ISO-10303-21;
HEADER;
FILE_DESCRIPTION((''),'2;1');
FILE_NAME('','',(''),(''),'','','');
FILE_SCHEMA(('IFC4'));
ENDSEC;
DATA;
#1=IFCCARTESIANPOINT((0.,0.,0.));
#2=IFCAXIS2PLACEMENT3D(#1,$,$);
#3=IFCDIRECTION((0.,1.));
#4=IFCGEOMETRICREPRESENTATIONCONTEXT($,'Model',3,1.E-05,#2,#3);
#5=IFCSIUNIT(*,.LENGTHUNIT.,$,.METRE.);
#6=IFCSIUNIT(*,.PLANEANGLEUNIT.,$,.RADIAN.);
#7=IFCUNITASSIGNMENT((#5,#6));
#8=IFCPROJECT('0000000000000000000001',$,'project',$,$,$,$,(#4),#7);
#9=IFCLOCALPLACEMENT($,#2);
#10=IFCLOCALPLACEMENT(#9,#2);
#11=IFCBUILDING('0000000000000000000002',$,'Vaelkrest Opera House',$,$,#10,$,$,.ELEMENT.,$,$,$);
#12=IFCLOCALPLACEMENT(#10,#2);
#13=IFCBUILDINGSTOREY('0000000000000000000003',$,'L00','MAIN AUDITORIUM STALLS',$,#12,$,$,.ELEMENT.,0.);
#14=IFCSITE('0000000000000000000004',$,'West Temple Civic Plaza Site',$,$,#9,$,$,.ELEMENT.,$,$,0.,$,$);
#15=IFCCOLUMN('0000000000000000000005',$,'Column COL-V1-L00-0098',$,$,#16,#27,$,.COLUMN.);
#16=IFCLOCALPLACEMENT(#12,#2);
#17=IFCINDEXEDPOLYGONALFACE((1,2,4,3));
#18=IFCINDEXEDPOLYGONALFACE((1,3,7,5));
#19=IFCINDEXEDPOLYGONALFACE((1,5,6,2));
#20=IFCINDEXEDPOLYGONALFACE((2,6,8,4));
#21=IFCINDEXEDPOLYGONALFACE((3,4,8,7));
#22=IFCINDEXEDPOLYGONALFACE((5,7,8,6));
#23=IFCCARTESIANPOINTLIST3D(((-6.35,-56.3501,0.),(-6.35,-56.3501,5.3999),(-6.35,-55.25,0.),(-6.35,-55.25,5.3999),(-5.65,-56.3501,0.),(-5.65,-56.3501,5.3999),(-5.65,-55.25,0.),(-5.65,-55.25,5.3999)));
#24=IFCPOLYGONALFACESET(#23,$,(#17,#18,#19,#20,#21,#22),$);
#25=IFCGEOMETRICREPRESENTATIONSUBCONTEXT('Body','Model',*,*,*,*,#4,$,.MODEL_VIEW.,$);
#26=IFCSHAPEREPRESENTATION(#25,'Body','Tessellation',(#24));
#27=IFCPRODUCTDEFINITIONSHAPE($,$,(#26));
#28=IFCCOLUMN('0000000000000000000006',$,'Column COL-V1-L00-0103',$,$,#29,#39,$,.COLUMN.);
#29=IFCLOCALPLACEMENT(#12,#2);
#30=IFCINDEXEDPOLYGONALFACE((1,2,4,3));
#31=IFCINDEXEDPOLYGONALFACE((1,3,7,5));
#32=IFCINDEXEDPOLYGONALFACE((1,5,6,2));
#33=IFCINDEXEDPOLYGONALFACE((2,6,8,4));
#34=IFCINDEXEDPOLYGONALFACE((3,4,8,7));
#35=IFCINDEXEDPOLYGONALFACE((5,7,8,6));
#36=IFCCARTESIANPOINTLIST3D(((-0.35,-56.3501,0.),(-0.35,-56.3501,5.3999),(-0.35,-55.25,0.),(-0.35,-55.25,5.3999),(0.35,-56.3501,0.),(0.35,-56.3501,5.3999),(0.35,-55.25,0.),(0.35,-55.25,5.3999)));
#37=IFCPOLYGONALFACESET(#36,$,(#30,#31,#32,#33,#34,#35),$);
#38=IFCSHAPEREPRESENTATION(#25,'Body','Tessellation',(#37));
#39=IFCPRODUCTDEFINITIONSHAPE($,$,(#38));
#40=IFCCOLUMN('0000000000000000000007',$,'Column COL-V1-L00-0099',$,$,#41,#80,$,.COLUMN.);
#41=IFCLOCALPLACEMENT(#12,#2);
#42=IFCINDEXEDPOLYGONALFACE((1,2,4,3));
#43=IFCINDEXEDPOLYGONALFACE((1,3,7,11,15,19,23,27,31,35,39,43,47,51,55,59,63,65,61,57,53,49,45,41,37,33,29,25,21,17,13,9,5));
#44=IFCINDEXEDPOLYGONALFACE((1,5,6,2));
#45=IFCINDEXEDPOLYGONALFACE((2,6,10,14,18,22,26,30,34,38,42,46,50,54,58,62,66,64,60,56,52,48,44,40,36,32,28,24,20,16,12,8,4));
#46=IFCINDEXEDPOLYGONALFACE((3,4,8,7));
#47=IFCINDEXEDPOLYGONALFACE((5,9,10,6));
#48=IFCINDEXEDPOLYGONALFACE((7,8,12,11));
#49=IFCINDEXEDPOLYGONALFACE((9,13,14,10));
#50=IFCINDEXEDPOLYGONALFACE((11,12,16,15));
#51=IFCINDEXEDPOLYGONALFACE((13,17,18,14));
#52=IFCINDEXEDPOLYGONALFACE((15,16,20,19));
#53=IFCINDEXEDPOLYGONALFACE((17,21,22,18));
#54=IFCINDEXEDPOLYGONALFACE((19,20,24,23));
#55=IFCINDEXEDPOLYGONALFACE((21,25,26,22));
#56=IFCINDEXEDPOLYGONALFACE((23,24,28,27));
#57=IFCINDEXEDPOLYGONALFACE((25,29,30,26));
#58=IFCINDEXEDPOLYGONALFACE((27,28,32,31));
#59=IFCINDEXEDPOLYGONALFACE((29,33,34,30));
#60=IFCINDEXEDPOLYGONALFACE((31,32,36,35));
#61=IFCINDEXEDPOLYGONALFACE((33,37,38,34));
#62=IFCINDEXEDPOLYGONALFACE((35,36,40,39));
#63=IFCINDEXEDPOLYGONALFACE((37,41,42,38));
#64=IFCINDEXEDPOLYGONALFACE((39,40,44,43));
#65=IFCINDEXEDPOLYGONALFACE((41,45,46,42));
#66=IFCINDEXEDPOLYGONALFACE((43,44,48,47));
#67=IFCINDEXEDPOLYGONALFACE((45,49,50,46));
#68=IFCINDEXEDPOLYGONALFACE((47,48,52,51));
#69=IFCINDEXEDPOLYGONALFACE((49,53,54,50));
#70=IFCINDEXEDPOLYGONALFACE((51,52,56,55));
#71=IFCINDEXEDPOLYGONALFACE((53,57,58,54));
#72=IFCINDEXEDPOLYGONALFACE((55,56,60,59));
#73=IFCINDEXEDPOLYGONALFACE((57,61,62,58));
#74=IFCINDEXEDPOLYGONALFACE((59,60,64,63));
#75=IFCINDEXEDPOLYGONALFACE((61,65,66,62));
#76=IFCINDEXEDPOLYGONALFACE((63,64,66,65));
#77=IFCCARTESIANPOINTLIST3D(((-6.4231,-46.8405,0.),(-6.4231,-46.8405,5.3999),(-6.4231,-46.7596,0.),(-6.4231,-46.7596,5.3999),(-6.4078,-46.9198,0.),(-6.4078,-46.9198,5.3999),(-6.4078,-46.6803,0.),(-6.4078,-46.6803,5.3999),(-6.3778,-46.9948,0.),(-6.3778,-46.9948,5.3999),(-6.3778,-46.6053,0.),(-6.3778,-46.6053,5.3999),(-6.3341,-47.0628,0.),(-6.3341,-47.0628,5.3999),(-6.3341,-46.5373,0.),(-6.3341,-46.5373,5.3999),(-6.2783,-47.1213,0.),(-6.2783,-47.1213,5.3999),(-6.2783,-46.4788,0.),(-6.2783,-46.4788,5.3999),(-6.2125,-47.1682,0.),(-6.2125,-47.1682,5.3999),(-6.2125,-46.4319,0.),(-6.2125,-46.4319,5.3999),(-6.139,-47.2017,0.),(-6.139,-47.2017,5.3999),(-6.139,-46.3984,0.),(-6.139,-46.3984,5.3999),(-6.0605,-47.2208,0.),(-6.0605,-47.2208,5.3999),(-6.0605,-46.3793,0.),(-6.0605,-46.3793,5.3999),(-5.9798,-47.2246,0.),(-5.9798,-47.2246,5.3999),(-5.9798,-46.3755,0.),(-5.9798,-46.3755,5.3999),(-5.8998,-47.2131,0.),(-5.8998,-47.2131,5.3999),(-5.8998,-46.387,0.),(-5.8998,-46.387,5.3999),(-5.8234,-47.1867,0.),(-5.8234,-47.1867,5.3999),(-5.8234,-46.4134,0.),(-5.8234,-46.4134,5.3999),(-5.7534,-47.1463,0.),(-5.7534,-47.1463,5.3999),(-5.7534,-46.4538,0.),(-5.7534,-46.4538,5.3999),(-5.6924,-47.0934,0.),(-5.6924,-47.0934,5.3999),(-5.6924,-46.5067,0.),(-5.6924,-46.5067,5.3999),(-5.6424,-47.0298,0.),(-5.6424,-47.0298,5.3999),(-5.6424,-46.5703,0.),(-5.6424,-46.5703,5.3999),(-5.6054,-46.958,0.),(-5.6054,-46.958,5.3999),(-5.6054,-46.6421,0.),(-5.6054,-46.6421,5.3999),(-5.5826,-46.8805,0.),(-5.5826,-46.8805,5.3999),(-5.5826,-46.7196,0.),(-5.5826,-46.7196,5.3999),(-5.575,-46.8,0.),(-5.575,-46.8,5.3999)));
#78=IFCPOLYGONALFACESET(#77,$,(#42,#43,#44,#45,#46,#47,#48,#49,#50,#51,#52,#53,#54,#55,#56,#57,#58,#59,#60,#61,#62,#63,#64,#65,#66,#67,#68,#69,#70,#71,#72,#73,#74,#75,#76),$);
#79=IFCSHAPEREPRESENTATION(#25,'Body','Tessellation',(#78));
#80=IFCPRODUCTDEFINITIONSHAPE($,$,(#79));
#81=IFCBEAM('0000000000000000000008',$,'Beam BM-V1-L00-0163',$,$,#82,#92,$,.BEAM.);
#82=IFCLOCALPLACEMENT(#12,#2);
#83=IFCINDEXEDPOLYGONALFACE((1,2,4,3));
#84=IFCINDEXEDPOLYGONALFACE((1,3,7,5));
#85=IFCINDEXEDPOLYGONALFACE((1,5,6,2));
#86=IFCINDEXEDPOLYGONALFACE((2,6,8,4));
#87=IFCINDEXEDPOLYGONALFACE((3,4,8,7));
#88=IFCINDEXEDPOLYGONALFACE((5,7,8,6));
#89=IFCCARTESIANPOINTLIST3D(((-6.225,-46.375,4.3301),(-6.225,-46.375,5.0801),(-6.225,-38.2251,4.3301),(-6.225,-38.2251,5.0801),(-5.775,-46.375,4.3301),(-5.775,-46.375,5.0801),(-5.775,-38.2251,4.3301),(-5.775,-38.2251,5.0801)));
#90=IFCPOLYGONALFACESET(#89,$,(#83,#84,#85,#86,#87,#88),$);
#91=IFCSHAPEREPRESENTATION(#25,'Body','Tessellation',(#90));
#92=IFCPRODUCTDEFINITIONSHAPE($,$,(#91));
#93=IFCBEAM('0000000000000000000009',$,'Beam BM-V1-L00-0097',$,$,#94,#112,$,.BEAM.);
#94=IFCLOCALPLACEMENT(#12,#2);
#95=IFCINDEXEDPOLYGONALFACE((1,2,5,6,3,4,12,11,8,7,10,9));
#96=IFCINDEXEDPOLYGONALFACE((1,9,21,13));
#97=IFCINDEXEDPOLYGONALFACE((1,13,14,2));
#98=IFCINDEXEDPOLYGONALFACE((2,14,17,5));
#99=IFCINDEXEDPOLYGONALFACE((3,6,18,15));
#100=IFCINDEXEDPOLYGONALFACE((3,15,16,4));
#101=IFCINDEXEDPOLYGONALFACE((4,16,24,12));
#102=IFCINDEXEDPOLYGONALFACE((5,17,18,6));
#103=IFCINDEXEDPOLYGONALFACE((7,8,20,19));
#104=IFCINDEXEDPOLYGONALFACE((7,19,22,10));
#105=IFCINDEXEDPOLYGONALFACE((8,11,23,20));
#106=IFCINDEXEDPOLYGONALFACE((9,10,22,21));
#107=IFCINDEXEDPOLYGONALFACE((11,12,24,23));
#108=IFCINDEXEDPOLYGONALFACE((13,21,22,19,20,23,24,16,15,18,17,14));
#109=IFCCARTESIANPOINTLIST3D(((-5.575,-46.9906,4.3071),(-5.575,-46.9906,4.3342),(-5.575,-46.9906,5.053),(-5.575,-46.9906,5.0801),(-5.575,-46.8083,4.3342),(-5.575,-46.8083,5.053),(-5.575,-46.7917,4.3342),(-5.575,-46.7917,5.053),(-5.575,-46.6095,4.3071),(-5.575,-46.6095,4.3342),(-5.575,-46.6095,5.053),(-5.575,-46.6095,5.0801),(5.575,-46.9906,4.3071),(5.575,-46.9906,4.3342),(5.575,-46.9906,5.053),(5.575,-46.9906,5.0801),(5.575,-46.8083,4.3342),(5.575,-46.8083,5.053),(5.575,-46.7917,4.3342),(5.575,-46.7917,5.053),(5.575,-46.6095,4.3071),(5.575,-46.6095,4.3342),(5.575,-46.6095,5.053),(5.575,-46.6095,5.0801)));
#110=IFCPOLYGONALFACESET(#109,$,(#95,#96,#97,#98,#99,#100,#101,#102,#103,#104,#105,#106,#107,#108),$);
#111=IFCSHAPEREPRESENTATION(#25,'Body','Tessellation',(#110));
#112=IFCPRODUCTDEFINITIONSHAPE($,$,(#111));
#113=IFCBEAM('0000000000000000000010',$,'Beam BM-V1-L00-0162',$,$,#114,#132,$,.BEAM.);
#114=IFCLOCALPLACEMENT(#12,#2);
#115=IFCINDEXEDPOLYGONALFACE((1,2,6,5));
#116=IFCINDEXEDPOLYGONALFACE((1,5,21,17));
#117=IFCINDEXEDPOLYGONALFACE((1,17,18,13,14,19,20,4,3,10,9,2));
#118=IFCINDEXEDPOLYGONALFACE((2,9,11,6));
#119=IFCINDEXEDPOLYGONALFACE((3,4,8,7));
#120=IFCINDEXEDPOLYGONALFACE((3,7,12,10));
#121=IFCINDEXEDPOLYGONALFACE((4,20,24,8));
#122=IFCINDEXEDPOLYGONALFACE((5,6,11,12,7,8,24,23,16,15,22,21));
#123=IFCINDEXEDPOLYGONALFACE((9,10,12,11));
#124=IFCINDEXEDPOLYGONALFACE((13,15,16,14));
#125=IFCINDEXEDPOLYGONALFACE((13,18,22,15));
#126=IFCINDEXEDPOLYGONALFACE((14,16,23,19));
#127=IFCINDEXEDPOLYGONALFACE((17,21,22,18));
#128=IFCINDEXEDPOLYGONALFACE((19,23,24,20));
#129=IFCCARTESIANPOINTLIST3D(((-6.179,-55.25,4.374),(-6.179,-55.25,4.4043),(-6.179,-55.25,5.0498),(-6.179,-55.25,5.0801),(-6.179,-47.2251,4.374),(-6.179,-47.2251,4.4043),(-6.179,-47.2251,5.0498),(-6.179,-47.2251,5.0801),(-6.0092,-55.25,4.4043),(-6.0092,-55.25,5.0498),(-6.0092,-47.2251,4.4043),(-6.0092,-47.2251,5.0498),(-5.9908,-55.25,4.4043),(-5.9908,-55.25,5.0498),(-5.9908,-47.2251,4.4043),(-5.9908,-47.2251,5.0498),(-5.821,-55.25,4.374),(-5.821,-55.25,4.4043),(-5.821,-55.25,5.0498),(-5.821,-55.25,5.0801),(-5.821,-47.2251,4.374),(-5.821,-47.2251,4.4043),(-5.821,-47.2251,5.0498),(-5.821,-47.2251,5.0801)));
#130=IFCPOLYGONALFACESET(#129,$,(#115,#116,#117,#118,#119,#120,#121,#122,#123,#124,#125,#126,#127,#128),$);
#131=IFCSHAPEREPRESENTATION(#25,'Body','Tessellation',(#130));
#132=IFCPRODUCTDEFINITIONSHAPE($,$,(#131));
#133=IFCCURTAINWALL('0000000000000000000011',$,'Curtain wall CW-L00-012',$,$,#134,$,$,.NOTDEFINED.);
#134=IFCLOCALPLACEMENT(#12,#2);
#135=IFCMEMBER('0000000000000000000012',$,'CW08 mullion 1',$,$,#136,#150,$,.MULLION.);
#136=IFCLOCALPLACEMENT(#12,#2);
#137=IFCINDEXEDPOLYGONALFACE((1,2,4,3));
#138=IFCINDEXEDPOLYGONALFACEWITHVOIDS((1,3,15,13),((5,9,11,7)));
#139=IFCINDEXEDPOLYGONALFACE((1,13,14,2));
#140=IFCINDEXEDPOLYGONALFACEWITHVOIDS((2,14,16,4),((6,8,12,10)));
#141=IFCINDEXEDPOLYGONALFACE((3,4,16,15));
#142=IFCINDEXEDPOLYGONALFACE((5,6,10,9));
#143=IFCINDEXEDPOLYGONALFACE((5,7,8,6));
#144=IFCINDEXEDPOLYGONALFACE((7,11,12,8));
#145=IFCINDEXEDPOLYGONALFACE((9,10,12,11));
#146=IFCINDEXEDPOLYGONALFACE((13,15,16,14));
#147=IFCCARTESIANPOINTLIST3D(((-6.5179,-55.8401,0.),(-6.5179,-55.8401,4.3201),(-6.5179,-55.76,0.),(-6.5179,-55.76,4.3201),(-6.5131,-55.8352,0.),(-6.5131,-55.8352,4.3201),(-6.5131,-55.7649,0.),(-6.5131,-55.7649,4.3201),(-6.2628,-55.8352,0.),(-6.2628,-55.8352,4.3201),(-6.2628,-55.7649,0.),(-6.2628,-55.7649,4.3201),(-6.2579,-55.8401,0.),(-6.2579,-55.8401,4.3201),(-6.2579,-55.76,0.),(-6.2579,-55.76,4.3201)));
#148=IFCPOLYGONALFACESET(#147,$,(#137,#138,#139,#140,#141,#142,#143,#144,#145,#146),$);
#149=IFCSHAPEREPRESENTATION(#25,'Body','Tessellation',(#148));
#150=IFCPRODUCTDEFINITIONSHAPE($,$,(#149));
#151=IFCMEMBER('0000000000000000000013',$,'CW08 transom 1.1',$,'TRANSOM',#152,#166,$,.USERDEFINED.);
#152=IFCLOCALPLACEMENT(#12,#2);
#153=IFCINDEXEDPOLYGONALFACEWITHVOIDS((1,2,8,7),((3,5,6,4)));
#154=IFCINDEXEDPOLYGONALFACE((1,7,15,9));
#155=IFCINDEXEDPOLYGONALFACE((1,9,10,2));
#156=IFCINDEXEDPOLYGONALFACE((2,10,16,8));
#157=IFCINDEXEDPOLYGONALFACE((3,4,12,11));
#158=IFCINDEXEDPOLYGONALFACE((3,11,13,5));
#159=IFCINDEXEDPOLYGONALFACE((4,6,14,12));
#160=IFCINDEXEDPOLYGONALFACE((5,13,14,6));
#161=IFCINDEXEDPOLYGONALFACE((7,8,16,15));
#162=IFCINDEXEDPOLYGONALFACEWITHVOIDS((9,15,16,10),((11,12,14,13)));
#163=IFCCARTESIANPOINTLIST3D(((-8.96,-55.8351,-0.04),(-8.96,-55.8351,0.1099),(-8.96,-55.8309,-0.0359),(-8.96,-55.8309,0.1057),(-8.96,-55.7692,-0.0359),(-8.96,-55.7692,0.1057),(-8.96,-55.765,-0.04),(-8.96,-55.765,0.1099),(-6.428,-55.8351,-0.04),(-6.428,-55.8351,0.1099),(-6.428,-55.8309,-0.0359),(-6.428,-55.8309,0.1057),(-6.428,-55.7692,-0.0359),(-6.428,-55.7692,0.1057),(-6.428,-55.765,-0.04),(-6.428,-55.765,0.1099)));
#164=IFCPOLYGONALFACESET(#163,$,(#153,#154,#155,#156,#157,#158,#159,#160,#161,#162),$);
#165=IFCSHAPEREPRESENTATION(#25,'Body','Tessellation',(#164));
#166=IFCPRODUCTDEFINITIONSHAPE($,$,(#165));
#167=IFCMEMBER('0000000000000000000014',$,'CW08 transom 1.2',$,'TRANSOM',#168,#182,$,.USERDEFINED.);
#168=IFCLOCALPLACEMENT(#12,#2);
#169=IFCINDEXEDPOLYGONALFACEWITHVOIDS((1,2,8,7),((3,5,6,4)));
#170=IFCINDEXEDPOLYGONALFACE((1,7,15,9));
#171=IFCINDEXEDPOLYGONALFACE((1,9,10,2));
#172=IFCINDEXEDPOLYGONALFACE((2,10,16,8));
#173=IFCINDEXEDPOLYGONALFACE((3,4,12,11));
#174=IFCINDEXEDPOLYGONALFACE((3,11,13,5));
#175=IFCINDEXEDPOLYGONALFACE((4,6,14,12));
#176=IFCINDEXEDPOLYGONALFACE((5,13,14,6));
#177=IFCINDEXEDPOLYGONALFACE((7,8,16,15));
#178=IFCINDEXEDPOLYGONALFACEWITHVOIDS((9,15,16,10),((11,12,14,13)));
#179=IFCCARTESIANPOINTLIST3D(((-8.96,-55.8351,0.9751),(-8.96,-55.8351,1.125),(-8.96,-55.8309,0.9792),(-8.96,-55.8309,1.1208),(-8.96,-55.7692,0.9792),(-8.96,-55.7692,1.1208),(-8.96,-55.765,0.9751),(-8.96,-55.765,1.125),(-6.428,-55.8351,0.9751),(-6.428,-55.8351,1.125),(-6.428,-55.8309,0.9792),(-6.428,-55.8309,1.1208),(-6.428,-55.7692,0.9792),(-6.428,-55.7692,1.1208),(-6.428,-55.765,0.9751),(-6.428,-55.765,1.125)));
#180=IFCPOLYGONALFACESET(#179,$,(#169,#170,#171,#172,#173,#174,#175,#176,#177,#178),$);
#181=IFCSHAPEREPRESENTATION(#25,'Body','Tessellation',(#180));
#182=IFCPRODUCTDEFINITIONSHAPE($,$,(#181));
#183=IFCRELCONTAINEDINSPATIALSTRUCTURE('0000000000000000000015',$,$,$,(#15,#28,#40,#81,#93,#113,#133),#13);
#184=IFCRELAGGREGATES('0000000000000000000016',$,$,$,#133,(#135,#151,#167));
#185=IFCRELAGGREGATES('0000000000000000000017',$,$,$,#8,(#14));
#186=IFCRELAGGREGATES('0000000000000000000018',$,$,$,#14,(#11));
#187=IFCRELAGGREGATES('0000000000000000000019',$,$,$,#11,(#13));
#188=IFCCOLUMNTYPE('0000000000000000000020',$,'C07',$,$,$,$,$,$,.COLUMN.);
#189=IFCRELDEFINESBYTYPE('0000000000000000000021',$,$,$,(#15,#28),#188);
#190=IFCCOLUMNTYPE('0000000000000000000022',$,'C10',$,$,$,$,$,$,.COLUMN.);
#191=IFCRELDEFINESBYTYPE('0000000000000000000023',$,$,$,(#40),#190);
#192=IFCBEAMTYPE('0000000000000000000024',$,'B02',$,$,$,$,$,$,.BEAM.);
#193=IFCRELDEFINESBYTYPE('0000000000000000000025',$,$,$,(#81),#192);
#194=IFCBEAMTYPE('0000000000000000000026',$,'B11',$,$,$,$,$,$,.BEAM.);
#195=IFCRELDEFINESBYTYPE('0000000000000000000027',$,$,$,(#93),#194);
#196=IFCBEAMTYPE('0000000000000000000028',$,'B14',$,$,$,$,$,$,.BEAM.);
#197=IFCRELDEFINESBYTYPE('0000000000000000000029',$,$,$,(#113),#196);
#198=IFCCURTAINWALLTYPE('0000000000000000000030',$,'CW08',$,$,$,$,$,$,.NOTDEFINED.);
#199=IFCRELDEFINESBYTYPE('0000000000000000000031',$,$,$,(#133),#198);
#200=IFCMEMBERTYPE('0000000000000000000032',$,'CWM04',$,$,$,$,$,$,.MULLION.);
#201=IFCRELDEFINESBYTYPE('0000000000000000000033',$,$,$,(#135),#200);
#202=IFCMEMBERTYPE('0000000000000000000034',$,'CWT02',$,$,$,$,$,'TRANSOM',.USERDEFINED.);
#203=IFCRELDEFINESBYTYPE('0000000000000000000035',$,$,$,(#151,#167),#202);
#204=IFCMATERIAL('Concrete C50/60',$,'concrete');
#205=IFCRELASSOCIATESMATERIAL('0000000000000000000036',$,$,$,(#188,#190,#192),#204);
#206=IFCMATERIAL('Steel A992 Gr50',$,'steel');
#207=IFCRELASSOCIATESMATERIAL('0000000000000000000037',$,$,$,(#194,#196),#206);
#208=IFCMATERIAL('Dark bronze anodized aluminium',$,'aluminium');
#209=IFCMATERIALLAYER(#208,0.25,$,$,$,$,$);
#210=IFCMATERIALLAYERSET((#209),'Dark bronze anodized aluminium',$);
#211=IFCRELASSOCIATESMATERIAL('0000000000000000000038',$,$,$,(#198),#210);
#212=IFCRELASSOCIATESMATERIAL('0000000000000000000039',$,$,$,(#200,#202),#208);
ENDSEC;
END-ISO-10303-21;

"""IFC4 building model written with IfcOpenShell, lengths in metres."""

from ifc_helpers import new_model, si_unit, direction, frame, origin, origin_2d, place, context, subcontext, project, spatial, rectangle, hollow_rectangle, circle, i_section, extrude, material, layer, layer_set, material_profile, profile_set, type_object, element, aggregate, save


model = new_model("IFC4")

# Units and contexts
model_context = context("Model", 3, precision=1e-05, world=origin(), true_north=direction((0.0, 1.0)))
body_context = subcontext(model_context, "Body", "Model", "MODEL_VIEW")
ifc_project = project(units=[si_unit("LENGTHUNIT", "METRE"), si_unit("PLANEANGLEUNIT", "RADIAN")], contexts=[model_context])

# Site, building, storey
site_placement = place(None, origin())
site = spatial("IfcSite", under=ifc_project, at=site_placement, Name="West Temple Civic Plaza Site", CompositionType="ELEMENT", RefElevation=0.0)
building_placement = place(site_placement, origin())
building = spatial("IfcBuilding", under=site, at=building_placement, Name="Vaelkrest Opera House", CompositionType="ELEMENT")
storey_placement = place(building_placement, origin())
storey = spatial("IfcBuildingStorey", under=building, at=storey_placement, Name="L00", Description="MAIN AUDITORIUM STALLS", CompositionType="ELEMENT", Elevation=0.0)

# Columns
ifc_material_1 = material(Name="Concrete C50/60", Category="concrete")
ifc_material_profile_1 = material_profile(ifc_material_1, rectangle(XDim=0.7, YDim=1.1001, at=origin_2d()), Name="RC700X1100")
ifc_profile_set_1 = profile_set([ifc_material_profile_1], Name="Concrete C50/60")
column_type_1 = type_object("IfcColumnType", Name="C07", PredefinedType="COLUMN", material=ifc_profile_set_1)
for number, where, z_axis, x_axis, name in (
    (1, (-6.0, -55.8, 0.0), (0.0, 0.0, 1.0), (1.0, 0.0, 0.0), "Column COL-V1-L00-0098"),
    (2, (0.0, -55.8, 0.0), (0.0, 0.0, 1.0), (1.0, 0.0, 0.0), "Column COL-V1-L00-0103"),
):
    element("IfcColumn", number, at=place(storey_placement, frame(where, z_axis=z_axis, x_axis=x_axis)), inside=storey, type_object=column_type_1, Name=name, PredefinedType="COLUMN", context=body_context, shape_type="SweptSolid", body=[
        extrude(rectangle(XDim=0.7, YDim=1.1001, at=origin_2d()), origin(), (0.0, 0.0, 1.0), 5.3999),
    ])
ifc_material_profile_2 = material_profile(ifc_material_1, circle(Radius=0.425, at=origin_2d()), Name="RCD850")
ifc_profile_set_2 = profile_set([ifc_material_profile_2], Name="Concrete C50/60")
column_type_2 = type_object("IfcColumnType", Name="C10", PredefinedType="COLUMN", material=ifc_profile_set_2)
column_placement = place(storey_placement, frame((-6.0, -46.8, 0.0), z_axis=(0.0, 0.0, 1.0), x_axis=(1.0, 0.0, 0.0)))
element("IfcColumn", 3, at=column_placement, inside=storey, type_object=column_type_2, Name="Column COL-V1-L00-0099", PredefinedType="COLUMN", context=body_context, shape_type="SweptSolid", body=[
    extrude(circle(Radius=0.425, at=origin_2d()), origin(), (0.0, 0.0, 1.0), 5.3999),
])

# Beams
ifc_material_profile_3 = material_profile(ifc_material_1, rectangle(XDim=0.45, YDim=0.75, at=origin_2d()), Name="RCB450X750")
ifc_profile_set_3 = profile_set([ifc_material_profile_3], Name="Concrete C50/60")
beam_type_1 = type_object("IfcBeamType", Name="B02", PredefinedType="BEAM", material=ifc_profile_set_3)
beam_1_placement = place(storey_placement, frame((-6.0, -46.375, 4.7051), z_axis=(0.0, 1.0, 0.0), x_axis=(-1.0, 0.0, 0.0)))
element("IfcBeam", 4, at=beam_1_placement, inside=storey, type_object=beam_type_1, Name="Beam BM-V1-L00-0163", PredefinedType="BEAM", context=body_context, shape_type="SweptSolid", body=[
    extrude(rectangle(XDim=0.45, YDim=0.75, at=origin_2d()), origin(), (0.0, 0.0, 1.0), 8.1499),
])
ifc_material_2 = material(Name="Steel A992 Gr50", Category="steel")
ifc_material_profile_4 = material_profile(ifc_material_2, i_section(OverallWidth=0.3811, OverallDepth=0.7729, WebThickness=0.0166, FlangeThickness=0.0271, at=origin_2d()), Name="W30X173")
ifc_profile_set_4 = profile_set([ifc_material_profile_4], Name="Steel A992 Gr50")
beam_type_2 = type_object("IfcBeamType", Name="B11", PredefinedType="BEAM", material=ifc_profile_set_4)
beam_2_placement = place(storey_placement, frame((-5.575, -46.8, 4.6936), z_axis=(1.0, 0.0, 0.0), x_axis=(0.0, 1.0, 0.0)))
element("IfcBeam", 5, at=beam_2_placement, inside=storey, type_object=beam_type_2, Name="Beam BM-V1-L00-0097", PredefinedType="BEAM", context=body_context, shape_type="SweptSolid", body=[
    extrude(i_section(OverallWidth=0.3811, OverallDepth=0.7729, WebThickness=0.0166, FlangeThickness=0.0271, at=origin_2d()), origin(), (0.0, 0.0, 1.0), 11.1499),
])
ifc_material_profile_5 = material_profile(ifc_material_2, i_section(OverallWidth=0.3579, OverallDepth=0.7061, WebThickness=0.0183, FlangeThickness=0.0303, at=origin_2d()), Name="W27X178")
ifc_profile_set_5 = profile_set([ifc_material_profile_5], Name="Steel A992 Gr50")
beam_type_3 = type_object("IfcBeamType", Name="B14", PredefinedType="BEAM", material=ifc_profile_set_5)
beam_3_placement = place(storey_placement, frame((-6.0, -55.25, 4.7271), z_axis=(0.0, 1.0, 0.0), x_axis=(-1.0, 0.0, 0.0)))
element("IfcBeam", 6, at=beam_3_placement, inside=storey, type_object=beam_type_3, Name="Beam BM-V1-L00-0162", PredefinedType="BEAM", context=body_context, shape_type="SweptSolid", body=[
    extrude(i_section(OverallWidth=0.3579, OverallDepth=0.7061, WebThickness=0.0183, FlangeThickness=0.0303, at=origin_2d()), origin(), (0.0, 0.0, 1.0), 8.0249),
])

# Curtain wall, members
ifc_material_3 = material(Name="Dark bronze anodized aluminium", Category="aluminium")
ifc_layer_1 = layer(ifc_material_3, 0.25)
ifc_layer_set_1 = layer_set([ifc_layer_1], Name="Dark bronze anodized aluminium")
curtain_wall_type = type_object("IfcCurtainWallType", Name="CW08", PredefinedType="NOTDEFINED", material=ifc_layer_set_1)
curtain_wall_placement = place(storey_placement, origin())
curtain_wall = element("IfcCurtainWall", 7, at=curtain_wall_placement, inside=storey, type_object=curtain_wall_type, Name="Curtain wall CW-L00-012", PredefinedType="NOTDEFINED")
ifc_material_profile_6 = material_profile(ifc_material_3, hollow_rectangle(XDim=0.0801, YDim=0.26, WallThickness=0.0049, at=origin_2d()), Name="CWM80X260")
ifc_profile_set_6 = profile_set([ifc_material_profile_6], Name="Dark bronze anodized aluminium")
member_type_1 = type_object("IfcMemberType", Name="CWM04", PredefinedType="MULLION", material=ifc_profile_set_6)
member_1_placement = place(storey_placement, frame((-6.3879, -55.8, 0.0), z_axis=(0.0, 0.0, 1.0), x_axis=(0.0, -1.0, 0.0)))
member_1 = element("IfcMember", 8, at=member_1_placement, type_object=member_type_1, Name="CW08 mullion 1", PredefinedType="MULLION", context=body_context, shape_type="SweptSolid", body=[
    extrude(hollow_rectangle(XDim=0.0801, YDim=0.26, WallThickness=0.0049, at=origin_2d()), origin(), (0.0, 0.0, 1.0), 4.3201),
])
ifc_material_profile_7 = material_profile(ifc_material_3, hollow_rectangle(XDim=0.0701, YDim=0.1499, WallThickness=0.0042, at=origin_2d()), Name="CWT70X150")
ifc_profile_set_7 = profile_set([ifc_material_profile_7], Name="Dark bronze anodized aluminium")
member_type_2 = type_object("IfcMemberType", Name="CWT02", ElementType="TRANSOM", PredefinedType="USERDEFINED", material=ifc_profile_set_7)
member_2_placement = place(storey_placement, frame((-6.428, -55.8, 0.0349), z_axis=(-1.0, 0.0, 0.0), x_axis=(0.0, -1.0, 0.0)))
member_2 = element("IfcMember", 9, at=member_2_placement, type_object=member_type_2, Name="CW08 transom 1.1", ObjectType="TRANSOM", PredefinedType="USERDEFINED", context=body_context, shape_type="SweptSolid", body=[
    extrude(hollow_rectangle(XDim=0.0701, YDim=0.1499, WallThickness=0.0042, at=origin_2d()), origin(), (0.0, 0.0, 1.0), 2.532),
])
member_3_placement = place(storey_placement, frame((-6.428, -55.8, 1.05), z_axis=(-1.0, 0.0, 0.0), x_axis=(0.0, -1.0, 0.0)))
member_3 = element("IfcMember", 10, at=member_3_placement, type_object=member_type_2, Name="CW08 transom 1.2", ObjectType="TRANSOM", PredefinedType="USERDEFINED", context=body_context, shape_type="SweptSolid", body=[
    extrude(hollow_rectangle(XDim=0.0701, YDim=0.1499, WallThickness=0.0042, at=origin_2d()), origin(), (0.0, 0.0, 1.0), 2.532),
])
aggregate(curtain_wall, [member_1, member_2, member_3])

save(model, "model.ifc")
